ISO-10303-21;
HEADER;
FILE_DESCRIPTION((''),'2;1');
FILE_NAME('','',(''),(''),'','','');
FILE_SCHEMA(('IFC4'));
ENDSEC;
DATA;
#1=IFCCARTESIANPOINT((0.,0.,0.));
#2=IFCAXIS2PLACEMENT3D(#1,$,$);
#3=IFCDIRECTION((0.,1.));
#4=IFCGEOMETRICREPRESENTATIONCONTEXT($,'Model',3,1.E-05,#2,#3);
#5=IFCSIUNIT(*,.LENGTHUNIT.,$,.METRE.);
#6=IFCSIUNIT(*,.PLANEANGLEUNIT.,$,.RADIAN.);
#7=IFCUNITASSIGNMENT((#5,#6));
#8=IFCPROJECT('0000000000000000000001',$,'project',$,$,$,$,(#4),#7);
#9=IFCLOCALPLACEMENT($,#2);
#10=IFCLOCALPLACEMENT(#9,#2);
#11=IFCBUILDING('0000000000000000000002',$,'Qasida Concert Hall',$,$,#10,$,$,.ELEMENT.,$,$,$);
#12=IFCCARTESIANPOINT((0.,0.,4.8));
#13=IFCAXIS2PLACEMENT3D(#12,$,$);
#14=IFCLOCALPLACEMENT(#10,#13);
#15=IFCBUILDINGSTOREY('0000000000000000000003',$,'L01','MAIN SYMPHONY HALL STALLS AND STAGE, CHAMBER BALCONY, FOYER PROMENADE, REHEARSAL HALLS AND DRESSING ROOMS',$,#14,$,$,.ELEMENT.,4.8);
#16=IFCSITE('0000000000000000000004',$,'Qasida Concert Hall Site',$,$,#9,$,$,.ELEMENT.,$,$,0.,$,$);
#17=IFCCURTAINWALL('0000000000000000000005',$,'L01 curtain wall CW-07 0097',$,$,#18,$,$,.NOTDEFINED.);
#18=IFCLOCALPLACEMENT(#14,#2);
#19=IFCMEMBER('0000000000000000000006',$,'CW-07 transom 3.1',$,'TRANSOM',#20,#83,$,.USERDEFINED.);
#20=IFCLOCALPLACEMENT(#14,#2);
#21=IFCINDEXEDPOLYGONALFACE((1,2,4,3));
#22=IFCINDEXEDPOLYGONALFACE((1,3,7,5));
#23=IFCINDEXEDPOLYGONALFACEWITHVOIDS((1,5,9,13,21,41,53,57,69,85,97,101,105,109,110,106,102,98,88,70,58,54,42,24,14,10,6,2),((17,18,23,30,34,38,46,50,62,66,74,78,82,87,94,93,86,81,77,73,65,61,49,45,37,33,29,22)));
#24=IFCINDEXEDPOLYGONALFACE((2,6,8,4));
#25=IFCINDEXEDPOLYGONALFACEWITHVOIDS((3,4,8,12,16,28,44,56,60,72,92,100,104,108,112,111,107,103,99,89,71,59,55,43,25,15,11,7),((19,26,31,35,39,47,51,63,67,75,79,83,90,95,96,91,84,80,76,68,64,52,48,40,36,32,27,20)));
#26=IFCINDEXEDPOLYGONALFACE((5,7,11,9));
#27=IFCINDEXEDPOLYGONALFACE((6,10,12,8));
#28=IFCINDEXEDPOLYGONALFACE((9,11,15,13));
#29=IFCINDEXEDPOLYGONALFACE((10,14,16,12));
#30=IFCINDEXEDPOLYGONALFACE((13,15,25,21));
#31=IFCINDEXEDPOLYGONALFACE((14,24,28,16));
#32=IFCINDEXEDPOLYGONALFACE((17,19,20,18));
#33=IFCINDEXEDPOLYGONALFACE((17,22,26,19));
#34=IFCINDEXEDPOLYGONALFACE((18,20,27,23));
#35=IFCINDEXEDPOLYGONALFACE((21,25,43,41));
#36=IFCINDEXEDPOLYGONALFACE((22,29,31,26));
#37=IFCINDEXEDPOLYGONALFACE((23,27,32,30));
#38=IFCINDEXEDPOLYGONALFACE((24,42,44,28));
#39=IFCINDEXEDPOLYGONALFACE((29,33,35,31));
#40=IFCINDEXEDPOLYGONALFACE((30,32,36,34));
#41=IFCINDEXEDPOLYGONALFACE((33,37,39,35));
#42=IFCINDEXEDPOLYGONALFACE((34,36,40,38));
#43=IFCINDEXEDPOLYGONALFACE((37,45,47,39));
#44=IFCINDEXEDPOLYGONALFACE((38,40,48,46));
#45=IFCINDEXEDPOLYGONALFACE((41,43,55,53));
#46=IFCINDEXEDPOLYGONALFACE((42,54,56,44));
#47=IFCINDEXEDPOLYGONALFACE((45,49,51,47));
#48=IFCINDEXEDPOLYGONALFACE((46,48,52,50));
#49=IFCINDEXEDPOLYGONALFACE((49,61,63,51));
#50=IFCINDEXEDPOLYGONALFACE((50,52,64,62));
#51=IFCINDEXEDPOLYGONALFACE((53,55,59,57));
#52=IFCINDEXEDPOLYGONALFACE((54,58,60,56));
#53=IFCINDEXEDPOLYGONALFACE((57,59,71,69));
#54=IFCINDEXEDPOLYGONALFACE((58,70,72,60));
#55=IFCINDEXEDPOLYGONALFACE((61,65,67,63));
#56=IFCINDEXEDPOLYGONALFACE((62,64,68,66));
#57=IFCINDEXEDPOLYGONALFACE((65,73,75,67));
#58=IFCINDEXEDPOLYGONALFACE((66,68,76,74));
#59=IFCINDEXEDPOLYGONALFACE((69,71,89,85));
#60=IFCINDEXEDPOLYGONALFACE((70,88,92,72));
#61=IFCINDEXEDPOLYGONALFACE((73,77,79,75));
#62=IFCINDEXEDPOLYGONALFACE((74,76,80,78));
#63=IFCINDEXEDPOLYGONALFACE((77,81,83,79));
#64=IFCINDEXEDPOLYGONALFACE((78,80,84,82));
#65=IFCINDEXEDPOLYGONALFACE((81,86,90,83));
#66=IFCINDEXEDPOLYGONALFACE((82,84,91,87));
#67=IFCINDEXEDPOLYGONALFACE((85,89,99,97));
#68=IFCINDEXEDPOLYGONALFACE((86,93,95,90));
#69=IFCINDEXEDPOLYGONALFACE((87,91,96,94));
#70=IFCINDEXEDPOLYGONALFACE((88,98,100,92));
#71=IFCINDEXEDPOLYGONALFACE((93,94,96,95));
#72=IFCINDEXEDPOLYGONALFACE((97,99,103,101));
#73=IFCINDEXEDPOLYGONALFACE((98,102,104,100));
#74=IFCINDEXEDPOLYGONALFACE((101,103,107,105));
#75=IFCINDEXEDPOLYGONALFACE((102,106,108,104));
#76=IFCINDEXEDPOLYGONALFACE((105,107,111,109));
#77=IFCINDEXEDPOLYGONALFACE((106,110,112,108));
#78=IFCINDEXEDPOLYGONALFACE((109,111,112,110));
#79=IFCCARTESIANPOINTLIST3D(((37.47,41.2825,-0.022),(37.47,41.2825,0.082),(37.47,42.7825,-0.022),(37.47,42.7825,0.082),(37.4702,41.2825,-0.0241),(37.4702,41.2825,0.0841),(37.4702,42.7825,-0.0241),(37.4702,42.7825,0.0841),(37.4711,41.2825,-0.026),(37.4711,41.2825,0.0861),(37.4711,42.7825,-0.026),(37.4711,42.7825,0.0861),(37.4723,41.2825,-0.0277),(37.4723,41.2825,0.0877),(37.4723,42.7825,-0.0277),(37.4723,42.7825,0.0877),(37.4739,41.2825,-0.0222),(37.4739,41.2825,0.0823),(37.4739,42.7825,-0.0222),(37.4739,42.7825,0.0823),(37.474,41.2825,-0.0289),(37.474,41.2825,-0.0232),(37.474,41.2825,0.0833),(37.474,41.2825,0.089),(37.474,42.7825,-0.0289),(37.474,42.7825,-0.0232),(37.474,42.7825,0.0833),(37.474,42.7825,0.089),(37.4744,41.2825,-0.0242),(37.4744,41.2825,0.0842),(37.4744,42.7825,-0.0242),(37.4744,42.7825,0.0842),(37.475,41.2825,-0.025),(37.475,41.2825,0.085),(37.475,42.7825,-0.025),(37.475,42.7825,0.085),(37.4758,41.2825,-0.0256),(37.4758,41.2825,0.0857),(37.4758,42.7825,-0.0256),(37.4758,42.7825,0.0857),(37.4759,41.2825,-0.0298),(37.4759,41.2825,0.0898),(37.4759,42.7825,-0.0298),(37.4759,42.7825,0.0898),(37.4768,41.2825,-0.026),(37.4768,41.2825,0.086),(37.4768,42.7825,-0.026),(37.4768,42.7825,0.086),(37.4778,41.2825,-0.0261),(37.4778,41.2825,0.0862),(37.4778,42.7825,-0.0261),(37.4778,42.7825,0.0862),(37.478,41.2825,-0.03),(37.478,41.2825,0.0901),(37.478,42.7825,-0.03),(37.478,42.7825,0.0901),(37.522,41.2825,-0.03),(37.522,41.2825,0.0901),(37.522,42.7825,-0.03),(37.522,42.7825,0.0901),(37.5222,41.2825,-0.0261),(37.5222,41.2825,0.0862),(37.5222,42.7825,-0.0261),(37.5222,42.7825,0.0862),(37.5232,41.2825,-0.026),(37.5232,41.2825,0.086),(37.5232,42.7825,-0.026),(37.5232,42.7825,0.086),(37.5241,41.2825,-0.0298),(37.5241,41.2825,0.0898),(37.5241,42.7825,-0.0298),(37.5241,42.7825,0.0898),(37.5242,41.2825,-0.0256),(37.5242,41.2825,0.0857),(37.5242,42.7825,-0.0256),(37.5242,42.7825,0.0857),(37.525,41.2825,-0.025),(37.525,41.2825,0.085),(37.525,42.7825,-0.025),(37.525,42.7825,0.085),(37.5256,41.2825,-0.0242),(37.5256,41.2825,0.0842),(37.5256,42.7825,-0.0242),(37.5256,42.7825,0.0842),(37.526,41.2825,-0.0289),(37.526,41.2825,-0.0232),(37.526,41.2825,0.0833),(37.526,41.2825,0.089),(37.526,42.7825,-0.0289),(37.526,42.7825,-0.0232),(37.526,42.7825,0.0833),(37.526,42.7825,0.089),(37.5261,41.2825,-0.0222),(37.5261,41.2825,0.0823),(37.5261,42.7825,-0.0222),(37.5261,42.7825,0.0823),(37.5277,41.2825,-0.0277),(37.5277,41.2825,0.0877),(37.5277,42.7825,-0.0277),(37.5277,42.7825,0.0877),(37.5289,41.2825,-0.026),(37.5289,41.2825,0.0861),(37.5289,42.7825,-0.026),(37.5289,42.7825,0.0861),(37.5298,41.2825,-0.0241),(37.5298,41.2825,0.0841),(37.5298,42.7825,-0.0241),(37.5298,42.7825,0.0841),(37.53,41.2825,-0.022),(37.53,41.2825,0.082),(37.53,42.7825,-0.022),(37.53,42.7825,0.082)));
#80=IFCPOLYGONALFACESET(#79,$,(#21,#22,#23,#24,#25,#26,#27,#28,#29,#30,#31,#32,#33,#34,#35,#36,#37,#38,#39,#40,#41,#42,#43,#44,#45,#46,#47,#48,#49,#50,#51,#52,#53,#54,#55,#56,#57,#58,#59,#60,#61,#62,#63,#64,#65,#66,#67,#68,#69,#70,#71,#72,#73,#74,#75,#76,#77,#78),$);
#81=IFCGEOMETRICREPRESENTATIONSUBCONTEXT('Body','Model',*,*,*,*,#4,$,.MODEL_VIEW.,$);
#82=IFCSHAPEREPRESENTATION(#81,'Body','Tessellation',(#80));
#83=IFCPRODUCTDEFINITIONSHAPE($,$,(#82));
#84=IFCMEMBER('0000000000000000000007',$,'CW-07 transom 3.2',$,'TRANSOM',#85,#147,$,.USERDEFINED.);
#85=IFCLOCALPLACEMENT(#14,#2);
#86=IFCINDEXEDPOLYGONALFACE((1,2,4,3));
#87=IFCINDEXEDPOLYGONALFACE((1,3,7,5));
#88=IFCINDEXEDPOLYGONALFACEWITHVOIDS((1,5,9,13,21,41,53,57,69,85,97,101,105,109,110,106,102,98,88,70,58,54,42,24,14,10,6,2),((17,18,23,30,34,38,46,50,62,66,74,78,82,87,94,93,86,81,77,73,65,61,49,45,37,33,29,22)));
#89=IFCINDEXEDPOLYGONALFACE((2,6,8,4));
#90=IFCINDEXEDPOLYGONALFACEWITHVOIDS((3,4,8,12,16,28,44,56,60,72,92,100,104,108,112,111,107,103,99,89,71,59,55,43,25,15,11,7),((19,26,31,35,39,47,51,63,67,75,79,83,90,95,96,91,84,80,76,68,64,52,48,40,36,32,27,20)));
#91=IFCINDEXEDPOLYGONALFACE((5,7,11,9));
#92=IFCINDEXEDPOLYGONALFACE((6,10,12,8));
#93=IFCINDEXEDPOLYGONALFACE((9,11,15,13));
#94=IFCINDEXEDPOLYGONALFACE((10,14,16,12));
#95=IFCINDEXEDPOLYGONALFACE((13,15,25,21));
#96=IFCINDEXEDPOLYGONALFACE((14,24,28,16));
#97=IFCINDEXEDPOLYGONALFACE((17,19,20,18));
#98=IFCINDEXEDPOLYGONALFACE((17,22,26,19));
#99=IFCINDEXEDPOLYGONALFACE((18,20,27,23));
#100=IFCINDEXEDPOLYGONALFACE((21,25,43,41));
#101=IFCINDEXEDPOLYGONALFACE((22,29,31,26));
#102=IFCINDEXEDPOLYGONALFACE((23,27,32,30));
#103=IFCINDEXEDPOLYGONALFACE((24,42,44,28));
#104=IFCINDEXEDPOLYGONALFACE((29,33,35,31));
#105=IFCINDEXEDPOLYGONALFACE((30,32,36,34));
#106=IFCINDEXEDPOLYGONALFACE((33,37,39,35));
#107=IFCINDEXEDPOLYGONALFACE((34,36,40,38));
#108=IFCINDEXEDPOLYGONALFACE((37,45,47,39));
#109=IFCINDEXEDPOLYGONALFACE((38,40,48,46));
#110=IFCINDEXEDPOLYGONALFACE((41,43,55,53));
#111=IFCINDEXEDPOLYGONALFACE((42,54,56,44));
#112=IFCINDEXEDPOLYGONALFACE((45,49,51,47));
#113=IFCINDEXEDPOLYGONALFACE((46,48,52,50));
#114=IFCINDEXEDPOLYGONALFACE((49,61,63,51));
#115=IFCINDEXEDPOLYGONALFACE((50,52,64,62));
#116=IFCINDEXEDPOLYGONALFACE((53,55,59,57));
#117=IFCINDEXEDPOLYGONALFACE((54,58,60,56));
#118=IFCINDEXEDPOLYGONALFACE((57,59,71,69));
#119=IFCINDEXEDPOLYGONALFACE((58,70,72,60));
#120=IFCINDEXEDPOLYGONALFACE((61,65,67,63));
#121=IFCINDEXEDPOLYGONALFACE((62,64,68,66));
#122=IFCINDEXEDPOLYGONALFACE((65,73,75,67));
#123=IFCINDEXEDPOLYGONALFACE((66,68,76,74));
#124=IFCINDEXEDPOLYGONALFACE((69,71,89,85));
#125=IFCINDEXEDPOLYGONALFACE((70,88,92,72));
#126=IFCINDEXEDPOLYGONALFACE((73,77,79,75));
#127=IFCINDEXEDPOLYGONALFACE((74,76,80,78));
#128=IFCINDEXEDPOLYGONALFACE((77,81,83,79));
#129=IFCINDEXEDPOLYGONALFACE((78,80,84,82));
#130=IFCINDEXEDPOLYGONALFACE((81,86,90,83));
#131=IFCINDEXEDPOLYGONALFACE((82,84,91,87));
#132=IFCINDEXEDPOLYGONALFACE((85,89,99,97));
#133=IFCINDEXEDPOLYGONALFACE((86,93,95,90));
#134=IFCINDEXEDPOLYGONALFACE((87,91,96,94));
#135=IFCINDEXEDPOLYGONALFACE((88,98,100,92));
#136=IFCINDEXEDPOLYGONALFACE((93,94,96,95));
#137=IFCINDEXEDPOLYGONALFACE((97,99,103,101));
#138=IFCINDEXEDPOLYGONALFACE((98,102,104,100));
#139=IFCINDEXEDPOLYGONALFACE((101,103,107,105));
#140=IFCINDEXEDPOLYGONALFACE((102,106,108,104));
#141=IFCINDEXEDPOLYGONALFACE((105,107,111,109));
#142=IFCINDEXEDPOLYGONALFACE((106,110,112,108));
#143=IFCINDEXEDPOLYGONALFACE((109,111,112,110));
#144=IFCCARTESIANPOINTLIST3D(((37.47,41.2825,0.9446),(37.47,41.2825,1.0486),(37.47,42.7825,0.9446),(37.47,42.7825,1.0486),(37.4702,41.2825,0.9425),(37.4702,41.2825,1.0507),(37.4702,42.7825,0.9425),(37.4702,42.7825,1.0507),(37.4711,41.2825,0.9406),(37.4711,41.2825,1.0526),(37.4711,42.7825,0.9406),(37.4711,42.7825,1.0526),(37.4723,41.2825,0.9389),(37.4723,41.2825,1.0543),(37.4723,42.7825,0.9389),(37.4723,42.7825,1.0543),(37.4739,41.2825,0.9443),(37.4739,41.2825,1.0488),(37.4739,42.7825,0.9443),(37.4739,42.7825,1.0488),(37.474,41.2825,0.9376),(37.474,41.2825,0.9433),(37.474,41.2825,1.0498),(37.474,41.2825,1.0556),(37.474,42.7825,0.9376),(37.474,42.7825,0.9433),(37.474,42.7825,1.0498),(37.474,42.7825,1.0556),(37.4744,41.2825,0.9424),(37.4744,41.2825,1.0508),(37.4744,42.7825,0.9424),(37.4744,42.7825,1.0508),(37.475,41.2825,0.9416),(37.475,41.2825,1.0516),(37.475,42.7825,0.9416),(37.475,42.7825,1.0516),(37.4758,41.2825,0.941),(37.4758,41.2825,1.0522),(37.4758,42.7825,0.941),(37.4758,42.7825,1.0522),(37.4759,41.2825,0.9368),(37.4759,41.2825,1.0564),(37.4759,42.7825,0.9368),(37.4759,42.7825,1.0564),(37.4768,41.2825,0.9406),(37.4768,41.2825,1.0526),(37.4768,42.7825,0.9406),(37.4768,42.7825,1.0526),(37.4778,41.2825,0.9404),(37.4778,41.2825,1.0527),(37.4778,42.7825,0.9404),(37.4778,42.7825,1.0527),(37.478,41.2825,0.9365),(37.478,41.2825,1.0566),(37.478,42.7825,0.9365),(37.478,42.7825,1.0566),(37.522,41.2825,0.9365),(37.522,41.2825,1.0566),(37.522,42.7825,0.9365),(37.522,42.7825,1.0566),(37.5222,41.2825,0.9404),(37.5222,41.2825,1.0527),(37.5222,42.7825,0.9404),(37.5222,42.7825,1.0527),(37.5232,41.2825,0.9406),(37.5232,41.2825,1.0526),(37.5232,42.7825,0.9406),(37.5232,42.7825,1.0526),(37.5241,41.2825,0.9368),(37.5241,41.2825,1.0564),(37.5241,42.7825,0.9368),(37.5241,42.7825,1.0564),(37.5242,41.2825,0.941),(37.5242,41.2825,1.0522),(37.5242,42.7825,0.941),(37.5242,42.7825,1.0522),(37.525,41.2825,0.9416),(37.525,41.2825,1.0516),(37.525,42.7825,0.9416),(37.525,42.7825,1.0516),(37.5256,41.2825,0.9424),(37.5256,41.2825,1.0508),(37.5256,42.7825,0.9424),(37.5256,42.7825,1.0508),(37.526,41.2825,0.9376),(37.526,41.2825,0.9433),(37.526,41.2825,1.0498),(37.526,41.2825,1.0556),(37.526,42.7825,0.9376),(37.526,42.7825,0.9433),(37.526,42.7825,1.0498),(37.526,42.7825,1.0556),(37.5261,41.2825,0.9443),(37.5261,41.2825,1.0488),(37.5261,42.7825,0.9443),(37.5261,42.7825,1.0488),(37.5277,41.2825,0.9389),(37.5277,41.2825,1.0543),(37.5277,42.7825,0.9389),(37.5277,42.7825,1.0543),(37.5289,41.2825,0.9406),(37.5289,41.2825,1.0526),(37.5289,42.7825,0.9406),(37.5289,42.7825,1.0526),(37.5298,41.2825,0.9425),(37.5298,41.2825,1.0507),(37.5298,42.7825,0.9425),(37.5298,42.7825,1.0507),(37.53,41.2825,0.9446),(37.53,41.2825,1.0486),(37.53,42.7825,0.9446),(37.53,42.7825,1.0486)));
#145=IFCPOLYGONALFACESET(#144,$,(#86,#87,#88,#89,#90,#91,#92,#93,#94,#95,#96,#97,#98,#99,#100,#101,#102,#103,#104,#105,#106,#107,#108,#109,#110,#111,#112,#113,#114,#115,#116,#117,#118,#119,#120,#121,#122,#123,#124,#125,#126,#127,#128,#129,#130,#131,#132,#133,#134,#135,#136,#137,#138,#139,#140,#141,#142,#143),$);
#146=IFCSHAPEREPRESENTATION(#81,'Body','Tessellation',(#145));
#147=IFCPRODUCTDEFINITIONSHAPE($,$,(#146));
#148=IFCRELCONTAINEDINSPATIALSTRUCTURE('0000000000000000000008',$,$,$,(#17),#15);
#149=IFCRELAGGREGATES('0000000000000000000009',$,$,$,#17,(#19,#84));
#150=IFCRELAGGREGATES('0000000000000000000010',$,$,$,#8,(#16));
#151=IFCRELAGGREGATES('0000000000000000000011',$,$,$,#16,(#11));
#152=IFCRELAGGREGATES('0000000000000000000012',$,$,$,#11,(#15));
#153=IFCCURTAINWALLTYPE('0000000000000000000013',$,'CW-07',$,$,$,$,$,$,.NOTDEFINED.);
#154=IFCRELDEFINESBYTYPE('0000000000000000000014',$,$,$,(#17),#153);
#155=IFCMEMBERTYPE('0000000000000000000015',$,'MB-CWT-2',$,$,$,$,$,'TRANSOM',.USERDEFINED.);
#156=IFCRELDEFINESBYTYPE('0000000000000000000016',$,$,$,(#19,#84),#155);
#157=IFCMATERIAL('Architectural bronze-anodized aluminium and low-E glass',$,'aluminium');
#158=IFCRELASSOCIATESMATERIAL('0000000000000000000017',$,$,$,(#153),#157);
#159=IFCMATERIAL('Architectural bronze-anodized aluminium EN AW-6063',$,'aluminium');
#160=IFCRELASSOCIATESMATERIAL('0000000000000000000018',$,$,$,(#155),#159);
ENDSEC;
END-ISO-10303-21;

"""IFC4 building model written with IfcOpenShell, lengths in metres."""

from ifc_helpers import new_model, si_unit, direction, frame, origin, origin_2d, place, context, subcontext, project, spatial, hollow_rectangle, extrude, material, material_profile, profile_set, type_object, element, aggregate, save


model = new_model("IFC4")

# Units and contexts
model_context = context("Model", 3, precision=1e-05, world=origin(), true_north=direction((0.0, 1.0)))
body_context = subcontext(model_context, "Body", "Model", "MODEL_VIEW")
ifc_project = project(units=[si_unit("LENGTHUNIT", "METRE"), si_unit("PLANEANGLEUNIT", "RADIAN")], contexts=[model_context])

# Site, building, storey
site_placement = place(None, origin())
site = spatial("IfcSite", under=ifc_project, at=site_placement, Name="Qasida Concert Hall Site", CompositionType="ELEMENT", RefElevation=0.0)
building_placement = place(site_placement, origin())
building = spatial("IfcBuilding", under=site, at=building_placement, Name="Qasida Concert Hall", CompositionType="ELEMENT")
storey_placement = place(building_placement, frame((0.0, 0.0, 4.8)))
storey = spatial("IfcBuildingStorey", under=building, at=storey_placement, Name="L01", Description="MAIN SYMPHONY HALL STALLS AND STAGE, CHAMBER BALCONY, FOYER PROMENADE, REHEARSAL HALLS AND DRESSING ROOMS", CompositionType="ELEMENT", Elevation=4.8)

# Curtain wall, members
ifc_material_1 = material(Name="Architectural bronze-anodized aluminium and low-E glass", Category="aluminium")
curtain_wall_type = type_object("IfcCurtainWallType", Name="CW-07", PredefinedType="NOTDEFINED", material=ifc_material_1)
curtain_wall_placement = place(storey_placement, origin())
curtain_wall = element("IfcCurtainWall", 1, at=curtain_wall_placement, inside=storey, type_object=curtain_wall_type, Name="L01 curtain wall CW-07 0097", PredefinedType="NOTDEFINED")
ifc_material_2 = material(Name="Architectural bronze-anodized aluminium EN AW-6063", Category="aluminium")
ifc_material_profile_1 = material_profile(ifc_material_2, hollow_rectangle(XDim=0.0601, YDim=0.1201, WallThickness=0.0039, InnerFilletRadius=0.0039, OuterFilletRadius=0.0081, at=origin_2d()), Name="CWT 120x60x4")
ifc_profile_set_1 = profile_set([ifc_material_profile_1], Name="Architectural bronze-anodized aluminium EN AW-6063")
member_type_1 = type_object("IfcMemberType", Name="MB-CWT-2", ElementType="TRANSOM", PredefinedType="USERDEFINED", material=ifc_profile_set_1)
member_1_placement = place(storey_placement, frame((37.5, 41.2825, 0.03), z_axis=(0.0, 1.0, 0.0), x_axis=(-1.0, 0.0, 0.0)))
member_1 = element("IfcMember", 2, at=member_1_placement, type_object=member_type_1, Name="CW-07 transom 3.1", ObjectType="TRANSOM", PredefinedType="USERDEFINED", context=body_context, shape_type="SweptSolid", body=[
    extrude(hollow_rectangle(XDim=0.0601, YDim=0.1201, WallThickness=0.0039, InnerFilletRadius=0.0039, OuterFilletRadius=0.0081, at=origin_2d()), origin(), (0.0, 0.0, 1.0), 1.5),
])
member_2_placement = place(storey_placement, frame((37.5, 41.2825, 0.9966), z_axis=(0.0, 1.0, 0.0), x_axis=(-1.0, 0.0, 0.0)))
member_2 = element("IfcMember", 3, at=member_2_placement, type_object=member_type_1, Name="CW-07 transom 3.2", ObjectType="TRANSOM", PredefinedType="USERDEFINED", context=body_context, shape_type="SweptSolid", body=[
    extrude(hollow_rectangle(XDim=0.0601, YDim=0.1201, WallThickness=0.0039, InnerFilletRadius=0.0039, OuterFilletRadius=0.0081, at=origin_2d()), origin(), (0.0, 0.0, 1.0), 1.5),
])
aggregate(curtain_wall, [member_1, member_2])

save(model, "model.ifc")
